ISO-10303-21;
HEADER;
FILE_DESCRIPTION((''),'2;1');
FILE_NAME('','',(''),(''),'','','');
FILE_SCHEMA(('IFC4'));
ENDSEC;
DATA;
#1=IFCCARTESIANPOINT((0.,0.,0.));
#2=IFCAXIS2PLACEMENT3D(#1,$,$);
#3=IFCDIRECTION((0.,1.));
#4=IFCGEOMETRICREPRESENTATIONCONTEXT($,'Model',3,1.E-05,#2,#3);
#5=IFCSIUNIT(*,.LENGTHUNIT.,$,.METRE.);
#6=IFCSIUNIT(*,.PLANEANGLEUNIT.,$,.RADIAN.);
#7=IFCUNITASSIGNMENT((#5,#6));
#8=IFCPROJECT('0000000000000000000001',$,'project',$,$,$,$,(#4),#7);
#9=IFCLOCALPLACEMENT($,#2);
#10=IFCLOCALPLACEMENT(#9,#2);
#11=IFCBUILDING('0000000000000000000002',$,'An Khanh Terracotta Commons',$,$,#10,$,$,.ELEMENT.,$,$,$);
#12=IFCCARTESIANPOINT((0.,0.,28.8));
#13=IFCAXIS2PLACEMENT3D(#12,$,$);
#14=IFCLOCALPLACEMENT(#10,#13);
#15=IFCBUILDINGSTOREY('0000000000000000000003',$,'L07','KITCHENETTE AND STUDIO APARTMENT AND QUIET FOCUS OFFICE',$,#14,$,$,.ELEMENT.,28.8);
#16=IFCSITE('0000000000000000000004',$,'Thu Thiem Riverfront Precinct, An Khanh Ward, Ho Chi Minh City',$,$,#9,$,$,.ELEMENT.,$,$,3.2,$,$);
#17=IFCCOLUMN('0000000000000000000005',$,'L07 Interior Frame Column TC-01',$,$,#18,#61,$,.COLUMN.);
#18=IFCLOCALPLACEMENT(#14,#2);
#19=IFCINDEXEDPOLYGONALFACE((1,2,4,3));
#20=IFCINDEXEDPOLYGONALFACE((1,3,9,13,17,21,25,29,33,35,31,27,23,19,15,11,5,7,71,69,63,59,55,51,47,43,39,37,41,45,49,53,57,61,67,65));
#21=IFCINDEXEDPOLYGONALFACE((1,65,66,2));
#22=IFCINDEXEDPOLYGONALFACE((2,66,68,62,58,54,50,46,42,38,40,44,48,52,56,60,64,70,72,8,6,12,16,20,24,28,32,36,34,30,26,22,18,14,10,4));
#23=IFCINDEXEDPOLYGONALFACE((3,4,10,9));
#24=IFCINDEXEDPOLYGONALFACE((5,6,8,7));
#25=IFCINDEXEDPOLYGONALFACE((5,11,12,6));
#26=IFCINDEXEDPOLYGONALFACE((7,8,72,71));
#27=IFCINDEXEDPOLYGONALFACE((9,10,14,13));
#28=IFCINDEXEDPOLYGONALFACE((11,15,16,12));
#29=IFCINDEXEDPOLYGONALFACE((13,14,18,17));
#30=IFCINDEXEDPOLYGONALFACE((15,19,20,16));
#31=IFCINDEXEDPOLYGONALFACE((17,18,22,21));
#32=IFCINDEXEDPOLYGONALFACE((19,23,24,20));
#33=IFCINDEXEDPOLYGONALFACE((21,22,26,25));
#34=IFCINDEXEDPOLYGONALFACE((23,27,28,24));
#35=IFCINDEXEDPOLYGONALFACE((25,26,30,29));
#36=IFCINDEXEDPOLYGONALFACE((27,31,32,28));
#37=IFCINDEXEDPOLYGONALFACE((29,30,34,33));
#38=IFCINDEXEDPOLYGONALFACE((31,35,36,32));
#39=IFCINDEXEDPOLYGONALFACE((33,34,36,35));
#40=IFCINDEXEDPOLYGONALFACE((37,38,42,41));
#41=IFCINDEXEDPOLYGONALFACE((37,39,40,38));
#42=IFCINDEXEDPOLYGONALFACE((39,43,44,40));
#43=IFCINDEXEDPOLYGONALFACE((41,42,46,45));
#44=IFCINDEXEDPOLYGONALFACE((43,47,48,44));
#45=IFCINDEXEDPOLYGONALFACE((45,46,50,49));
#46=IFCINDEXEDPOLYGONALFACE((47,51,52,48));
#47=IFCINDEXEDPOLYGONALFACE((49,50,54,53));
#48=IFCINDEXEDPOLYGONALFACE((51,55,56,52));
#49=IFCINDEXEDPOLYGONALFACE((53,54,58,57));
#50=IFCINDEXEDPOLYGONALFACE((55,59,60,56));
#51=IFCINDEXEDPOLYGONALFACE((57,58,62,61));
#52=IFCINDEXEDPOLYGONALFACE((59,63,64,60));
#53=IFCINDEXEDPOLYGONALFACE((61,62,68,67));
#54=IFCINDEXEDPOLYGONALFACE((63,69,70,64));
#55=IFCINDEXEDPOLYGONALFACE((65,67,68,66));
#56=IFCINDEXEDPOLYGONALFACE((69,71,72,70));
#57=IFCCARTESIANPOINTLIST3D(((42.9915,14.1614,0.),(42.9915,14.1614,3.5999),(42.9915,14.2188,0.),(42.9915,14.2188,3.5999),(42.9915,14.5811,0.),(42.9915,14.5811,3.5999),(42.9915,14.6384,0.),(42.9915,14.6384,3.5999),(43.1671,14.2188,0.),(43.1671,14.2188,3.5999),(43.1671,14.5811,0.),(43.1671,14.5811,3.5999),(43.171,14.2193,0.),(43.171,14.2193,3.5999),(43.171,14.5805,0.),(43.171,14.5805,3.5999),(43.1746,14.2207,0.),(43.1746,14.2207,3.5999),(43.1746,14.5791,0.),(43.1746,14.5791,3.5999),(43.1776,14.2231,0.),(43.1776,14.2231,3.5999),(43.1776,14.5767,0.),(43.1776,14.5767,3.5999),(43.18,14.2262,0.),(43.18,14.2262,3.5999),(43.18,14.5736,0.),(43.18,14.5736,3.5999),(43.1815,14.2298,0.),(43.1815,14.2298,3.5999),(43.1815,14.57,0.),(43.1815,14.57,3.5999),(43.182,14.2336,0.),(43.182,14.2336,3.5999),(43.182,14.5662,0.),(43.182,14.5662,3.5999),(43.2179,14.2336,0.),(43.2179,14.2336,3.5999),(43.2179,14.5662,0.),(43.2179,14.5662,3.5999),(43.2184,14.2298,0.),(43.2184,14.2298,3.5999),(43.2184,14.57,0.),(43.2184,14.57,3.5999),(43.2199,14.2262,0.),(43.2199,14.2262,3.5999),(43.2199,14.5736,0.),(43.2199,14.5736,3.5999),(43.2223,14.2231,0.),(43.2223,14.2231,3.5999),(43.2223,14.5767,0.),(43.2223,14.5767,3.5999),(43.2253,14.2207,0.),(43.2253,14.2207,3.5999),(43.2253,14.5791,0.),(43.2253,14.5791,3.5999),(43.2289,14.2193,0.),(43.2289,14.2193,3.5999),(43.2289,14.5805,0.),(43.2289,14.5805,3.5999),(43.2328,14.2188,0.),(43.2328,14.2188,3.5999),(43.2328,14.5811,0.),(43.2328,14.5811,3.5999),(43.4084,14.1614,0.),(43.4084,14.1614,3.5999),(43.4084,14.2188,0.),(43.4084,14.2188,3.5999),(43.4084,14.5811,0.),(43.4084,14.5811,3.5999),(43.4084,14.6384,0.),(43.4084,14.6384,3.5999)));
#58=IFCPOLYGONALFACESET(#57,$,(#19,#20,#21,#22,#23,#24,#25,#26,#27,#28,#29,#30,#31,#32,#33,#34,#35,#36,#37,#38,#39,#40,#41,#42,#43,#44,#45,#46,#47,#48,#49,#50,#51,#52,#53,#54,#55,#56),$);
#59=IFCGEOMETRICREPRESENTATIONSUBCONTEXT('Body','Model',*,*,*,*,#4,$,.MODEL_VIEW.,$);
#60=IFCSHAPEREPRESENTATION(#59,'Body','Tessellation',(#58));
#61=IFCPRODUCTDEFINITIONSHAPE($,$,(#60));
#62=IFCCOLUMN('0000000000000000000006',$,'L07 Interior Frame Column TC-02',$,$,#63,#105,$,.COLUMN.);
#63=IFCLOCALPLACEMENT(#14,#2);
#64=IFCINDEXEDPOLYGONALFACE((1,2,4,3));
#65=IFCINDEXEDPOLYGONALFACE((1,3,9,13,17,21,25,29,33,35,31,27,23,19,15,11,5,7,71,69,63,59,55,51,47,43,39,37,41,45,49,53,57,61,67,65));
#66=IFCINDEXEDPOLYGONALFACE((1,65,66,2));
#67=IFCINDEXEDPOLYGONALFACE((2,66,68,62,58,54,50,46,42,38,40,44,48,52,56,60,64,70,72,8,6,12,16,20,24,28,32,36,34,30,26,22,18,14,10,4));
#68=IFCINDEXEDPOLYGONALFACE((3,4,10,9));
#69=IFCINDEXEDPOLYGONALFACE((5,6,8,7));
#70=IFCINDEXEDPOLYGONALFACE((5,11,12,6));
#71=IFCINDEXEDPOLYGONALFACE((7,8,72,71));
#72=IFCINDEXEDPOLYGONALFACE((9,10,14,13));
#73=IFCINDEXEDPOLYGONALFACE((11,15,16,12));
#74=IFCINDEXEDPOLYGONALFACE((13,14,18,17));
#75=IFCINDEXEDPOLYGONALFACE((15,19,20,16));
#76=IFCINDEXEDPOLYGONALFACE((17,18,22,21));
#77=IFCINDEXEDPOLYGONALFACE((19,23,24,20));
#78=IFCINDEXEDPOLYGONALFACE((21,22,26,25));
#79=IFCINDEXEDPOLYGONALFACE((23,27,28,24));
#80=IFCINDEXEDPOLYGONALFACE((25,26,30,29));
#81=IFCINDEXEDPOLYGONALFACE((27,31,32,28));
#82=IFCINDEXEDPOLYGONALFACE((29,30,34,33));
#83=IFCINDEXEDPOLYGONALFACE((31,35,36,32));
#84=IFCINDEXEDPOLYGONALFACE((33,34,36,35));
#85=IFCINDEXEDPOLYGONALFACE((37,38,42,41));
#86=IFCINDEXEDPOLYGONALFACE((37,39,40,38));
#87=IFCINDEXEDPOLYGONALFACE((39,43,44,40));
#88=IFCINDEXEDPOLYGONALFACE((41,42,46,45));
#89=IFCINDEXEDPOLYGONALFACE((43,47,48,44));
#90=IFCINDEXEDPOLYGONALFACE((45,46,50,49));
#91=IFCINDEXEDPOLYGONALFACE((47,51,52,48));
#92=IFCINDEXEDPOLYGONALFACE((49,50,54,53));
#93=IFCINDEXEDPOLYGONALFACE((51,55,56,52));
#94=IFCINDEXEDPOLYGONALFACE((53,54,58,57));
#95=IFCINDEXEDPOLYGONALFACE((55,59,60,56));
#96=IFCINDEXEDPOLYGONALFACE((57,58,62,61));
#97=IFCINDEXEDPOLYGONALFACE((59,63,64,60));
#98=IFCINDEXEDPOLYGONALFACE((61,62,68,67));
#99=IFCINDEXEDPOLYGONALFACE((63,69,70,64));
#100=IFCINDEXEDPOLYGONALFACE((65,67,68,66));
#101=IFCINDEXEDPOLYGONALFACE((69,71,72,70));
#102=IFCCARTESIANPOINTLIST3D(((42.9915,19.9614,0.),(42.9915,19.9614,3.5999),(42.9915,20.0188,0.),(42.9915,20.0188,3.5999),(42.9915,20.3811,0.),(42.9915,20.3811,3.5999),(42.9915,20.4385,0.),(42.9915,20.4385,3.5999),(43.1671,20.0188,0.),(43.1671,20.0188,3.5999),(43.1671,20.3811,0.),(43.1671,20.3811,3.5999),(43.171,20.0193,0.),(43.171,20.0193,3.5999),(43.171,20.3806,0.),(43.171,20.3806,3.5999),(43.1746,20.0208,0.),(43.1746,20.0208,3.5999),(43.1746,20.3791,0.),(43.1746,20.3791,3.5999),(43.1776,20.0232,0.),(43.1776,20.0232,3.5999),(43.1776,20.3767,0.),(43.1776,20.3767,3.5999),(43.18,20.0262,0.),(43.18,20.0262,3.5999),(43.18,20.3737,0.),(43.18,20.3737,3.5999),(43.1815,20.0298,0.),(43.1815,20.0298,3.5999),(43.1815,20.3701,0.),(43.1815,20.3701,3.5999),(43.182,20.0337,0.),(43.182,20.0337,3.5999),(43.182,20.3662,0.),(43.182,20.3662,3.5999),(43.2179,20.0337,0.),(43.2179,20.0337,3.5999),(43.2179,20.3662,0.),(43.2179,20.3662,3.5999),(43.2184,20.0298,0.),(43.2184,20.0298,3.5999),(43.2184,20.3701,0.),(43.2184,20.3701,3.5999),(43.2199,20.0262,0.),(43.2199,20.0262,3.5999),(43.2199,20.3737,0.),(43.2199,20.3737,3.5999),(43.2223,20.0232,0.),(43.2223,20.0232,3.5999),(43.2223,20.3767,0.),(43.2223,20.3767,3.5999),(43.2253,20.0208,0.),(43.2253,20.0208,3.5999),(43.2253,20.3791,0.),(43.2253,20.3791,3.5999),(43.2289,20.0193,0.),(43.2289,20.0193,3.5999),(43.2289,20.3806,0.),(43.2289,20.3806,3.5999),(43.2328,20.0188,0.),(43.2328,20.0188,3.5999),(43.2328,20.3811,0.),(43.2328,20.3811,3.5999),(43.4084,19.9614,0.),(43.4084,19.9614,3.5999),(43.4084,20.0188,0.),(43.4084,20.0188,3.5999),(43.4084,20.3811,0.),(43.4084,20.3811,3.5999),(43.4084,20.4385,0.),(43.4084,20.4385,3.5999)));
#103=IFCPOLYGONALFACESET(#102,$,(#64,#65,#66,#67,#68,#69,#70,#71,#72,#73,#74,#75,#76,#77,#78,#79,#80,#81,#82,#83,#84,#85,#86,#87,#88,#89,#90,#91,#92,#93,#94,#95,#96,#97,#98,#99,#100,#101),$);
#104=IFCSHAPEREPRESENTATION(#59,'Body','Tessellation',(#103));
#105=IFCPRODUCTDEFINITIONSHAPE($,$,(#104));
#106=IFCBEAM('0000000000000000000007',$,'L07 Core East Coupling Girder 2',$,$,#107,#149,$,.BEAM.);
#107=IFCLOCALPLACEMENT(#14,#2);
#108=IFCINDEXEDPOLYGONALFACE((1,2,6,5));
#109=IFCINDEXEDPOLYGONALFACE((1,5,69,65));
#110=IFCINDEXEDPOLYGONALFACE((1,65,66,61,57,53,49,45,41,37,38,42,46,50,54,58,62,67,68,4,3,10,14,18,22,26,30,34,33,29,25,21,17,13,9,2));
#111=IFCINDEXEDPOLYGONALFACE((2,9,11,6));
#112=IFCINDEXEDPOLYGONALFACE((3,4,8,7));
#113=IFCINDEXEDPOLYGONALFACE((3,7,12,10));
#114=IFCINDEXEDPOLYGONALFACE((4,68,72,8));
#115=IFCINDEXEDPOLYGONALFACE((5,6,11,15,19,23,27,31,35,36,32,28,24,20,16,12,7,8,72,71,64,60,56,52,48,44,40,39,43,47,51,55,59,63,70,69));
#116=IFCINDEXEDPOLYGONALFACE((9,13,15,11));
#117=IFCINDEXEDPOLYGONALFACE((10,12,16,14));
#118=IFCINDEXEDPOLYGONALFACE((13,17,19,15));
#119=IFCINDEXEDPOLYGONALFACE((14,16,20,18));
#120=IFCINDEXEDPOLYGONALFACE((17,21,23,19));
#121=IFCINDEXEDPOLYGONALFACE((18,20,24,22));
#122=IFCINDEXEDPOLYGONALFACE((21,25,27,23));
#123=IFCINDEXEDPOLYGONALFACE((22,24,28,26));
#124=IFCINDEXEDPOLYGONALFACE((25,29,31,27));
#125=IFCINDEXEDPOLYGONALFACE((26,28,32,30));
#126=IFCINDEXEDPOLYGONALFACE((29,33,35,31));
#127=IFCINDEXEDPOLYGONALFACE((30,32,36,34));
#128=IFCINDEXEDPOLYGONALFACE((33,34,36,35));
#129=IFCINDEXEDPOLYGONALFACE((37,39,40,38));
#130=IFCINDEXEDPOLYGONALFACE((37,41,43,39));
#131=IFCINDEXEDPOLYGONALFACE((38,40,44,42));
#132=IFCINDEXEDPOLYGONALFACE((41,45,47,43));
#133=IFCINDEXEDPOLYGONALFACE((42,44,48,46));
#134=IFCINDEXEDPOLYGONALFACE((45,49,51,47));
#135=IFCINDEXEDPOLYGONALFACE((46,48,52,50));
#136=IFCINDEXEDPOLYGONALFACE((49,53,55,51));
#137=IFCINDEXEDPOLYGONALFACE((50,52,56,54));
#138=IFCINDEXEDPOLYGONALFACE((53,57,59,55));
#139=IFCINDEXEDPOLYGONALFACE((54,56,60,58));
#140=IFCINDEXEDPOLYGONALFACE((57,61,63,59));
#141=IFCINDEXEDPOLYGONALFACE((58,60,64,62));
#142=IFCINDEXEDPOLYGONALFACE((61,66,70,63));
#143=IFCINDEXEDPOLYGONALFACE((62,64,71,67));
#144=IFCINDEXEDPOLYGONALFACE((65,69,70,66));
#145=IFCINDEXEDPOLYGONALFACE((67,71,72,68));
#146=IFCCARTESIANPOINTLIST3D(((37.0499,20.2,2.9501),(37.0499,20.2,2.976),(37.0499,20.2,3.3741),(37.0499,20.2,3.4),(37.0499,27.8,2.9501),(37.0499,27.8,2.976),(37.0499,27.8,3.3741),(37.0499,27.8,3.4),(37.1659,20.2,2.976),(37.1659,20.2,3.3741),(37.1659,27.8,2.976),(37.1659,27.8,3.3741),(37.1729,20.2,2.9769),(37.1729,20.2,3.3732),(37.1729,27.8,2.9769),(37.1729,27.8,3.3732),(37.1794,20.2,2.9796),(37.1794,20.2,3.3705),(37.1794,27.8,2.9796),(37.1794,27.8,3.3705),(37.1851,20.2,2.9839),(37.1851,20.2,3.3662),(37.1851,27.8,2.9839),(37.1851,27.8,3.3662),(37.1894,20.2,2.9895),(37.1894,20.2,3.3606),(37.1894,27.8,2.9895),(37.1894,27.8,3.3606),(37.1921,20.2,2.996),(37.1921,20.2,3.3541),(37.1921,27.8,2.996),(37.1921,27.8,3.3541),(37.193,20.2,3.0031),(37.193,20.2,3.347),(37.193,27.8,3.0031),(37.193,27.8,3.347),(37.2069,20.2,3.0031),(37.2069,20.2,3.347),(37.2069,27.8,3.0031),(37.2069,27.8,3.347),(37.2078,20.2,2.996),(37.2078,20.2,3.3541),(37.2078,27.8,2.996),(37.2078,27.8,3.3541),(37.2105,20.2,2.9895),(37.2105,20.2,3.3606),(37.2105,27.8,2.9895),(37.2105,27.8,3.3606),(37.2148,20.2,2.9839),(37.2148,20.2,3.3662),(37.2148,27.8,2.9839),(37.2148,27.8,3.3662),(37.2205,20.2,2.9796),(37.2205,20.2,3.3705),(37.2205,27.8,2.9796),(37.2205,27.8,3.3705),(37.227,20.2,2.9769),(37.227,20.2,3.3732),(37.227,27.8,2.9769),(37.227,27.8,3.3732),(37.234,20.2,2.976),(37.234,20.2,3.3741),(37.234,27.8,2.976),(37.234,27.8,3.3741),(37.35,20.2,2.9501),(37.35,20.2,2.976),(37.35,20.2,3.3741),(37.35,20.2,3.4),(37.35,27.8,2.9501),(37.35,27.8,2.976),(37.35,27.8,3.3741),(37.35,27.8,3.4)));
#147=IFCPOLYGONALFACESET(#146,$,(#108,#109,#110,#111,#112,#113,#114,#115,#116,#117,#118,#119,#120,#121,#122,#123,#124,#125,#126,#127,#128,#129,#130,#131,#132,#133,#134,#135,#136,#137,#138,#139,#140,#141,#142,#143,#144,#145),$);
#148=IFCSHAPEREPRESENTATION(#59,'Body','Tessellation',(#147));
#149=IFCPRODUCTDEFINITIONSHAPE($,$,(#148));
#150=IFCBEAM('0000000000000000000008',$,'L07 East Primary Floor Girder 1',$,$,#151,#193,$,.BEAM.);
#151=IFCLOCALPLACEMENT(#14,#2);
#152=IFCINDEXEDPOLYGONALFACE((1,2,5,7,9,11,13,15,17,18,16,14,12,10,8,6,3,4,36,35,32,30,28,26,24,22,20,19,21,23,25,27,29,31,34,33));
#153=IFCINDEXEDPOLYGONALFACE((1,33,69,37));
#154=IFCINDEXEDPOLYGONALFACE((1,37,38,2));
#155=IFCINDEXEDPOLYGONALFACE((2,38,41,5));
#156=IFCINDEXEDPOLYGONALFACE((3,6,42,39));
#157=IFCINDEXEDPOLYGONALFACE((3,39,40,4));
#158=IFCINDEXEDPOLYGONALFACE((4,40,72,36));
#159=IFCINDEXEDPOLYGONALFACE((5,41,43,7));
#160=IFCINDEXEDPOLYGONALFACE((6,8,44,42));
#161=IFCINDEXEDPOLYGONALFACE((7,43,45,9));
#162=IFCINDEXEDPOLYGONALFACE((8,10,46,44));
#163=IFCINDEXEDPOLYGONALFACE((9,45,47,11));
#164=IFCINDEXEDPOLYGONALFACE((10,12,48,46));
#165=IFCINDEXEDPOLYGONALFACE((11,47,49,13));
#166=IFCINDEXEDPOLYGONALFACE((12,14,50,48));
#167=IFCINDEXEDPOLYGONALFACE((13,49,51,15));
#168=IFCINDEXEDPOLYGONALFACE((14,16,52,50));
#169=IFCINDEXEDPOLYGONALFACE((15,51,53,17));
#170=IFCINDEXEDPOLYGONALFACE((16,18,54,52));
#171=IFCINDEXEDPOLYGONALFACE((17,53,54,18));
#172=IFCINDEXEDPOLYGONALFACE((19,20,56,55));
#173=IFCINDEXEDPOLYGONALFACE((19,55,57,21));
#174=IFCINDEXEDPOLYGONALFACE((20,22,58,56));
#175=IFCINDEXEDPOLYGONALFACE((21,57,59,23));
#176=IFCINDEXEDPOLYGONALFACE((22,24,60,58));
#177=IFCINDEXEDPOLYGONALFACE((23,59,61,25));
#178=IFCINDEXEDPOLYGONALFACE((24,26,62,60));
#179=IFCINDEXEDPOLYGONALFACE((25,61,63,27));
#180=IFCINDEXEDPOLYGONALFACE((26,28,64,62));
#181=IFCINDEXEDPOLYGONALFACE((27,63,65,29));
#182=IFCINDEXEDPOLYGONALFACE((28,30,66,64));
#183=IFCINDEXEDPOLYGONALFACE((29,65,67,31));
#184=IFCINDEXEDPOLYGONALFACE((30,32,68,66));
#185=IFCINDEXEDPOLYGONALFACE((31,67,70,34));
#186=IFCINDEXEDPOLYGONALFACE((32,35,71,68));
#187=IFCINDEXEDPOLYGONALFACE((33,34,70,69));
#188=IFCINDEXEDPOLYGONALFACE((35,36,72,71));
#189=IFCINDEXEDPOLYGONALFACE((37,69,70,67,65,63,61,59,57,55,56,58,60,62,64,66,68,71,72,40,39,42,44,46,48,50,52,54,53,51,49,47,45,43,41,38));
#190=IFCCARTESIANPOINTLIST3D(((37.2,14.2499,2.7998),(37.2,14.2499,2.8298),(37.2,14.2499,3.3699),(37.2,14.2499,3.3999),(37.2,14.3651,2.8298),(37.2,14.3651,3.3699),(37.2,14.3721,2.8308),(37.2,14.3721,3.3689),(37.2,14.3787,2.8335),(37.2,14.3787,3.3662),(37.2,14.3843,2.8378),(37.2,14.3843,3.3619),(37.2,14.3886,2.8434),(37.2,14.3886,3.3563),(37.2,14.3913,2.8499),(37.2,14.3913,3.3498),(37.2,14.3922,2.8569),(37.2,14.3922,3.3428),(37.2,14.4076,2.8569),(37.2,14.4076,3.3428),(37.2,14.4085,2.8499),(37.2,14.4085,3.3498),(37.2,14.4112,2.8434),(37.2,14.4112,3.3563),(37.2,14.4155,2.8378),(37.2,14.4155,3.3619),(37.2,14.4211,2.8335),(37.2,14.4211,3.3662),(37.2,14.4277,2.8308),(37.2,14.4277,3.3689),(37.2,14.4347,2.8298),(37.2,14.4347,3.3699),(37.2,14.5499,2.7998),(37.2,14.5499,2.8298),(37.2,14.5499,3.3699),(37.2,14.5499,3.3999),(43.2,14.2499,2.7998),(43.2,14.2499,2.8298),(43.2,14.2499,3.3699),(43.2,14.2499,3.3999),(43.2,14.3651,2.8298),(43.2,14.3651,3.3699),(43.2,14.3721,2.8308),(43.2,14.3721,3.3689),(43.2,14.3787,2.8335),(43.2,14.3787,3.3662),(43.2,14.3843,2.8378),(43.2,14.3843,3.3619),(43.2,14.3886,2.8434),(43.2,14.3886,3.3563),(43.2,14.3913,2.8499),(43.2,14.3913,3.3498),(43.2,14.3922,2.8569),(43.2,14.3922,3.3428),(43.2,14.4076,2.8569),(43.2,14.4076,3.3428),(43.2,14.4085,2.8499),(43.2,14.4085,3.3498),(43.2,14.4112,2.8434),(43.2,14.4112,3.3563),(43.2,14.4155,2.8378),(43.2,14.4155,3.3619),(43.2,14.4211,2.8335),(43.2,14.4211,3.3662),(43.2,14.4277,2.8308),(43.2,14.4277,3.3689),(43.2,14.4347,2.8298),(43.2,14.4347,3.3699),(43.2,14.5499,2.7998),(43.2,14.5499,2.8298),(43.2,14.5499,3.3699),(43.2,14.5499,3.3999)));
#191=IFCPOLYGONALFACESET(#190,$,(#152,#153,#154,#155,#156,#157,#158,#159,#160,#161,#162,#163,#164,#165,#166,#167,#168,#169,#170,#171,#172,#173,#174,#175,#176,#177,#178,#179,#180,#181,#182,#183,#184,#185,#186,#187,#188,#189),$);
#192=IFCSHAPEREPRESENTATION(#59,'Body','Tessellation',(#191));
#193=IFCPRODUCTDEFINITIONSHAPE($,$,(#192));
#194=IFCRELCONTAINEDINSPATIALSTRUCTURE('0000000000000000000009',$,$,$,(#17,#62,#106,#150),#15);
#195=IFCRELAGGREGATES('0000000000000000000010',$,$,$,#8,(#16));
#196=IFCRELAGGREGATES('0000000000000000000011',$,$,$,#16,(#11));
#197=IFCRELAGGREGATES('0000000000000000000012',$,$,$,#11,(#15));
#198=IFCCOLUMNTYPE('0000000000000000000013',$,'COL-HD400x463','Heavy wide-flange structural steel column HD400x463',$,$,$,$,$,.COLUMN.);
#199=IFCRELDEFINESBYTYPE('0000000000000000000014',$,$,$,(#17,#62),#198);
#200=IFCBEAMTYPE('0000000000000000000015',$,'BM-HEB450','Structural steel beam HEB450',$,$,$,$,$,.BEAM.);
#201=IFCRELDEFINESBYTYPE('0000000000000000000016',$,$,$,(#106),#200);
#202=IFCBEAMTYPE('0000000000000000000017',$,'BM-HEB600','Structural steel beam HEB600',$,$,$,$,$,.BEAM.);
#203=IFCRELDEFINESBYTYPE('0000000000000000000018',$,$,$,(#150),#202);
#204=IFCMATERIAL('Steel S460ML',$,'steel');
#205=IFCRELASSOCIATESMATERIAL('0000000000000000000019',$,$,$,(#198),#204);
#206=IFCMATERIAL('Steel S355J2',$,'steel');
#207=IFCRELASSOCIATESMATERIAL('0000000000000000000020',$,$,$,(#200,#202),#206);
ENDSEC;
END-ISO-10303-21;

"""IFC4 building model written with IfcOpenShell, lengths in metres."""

from ifc_helpers import new_model, si_unit, direction, frame, origin, origin_2d, place, context, subcontext, project, spatial, i_section, extrude, material, material_profile, profile_set, type_object, element, save


model = new_model("IFC4")

# Units and contexts
model_context = context("Model", 3, precision=1e-05, world=origin(), true_north=direction((0.0, 1.0)))
body_context = subcontext(model_context, "Body", "Model", "MODEL_VIEW")
ifc_project = project(units=[si_unit("LENGTHUNIT", "METRE"), si_unit("PLANEANGLEUNIT", "RADIAN")], contexts=[model_context])

# Site, building, storey
site_placement = place(None, origin())
site = spatial("IfcSite", under=ifc_project, at=site_placement, Name="Thu Thiem Riverfront Precinct, An Khanh Ward, Ho Chi Minh City", CompositionType="ELEMENT", RefElevation=3.2)
building_placement = place(site_placement, origin())
building = spatial("IfcBuilding", under=site, at=building_placement, Name="An Khanh Terracotta Commons", CompositionType="ELEMENT")
storey_placement = place(building_placement, frame((0.0, 0.0, 28.8)))
storey = spatial("IfcBuildingStorey", under=building, at=storey_placement, Name="L07", Description="KITCHENETTE AND STUDIO APARTMENT AND QUIET FOCUS OFFICE", CompositionType="ELEMENT", Elevation=28.8)

# Columns
ifc_material_1 = material(Name="Steel S460ML", Category="steel")
ifc_material_profile_1 = material_profile(ifc_material_1, i_section(OverallWidth=0.417, OverallDepth=0.4771, WebThickness=0.0359, FlangeThickness=0.0574, FilletRadius=0.0149, at=origin_2d()), Name="HD400x463")
ifc_profile_set_1 = profile_set([ifc_material_profile_1], Name="Steel S460ML")
column_type = type_object("IfcColumnType", Name="COL-HD400x463", Description="Heavy wide-flange structural steel column HD400x463", PredefinedType="COLUMN", material=ifc_profile_set_1)
for number, where, z_axis, x_axis, name in (
    (1, (43.2, 14.3999, 0.0), (0.0, 0.0, 1.0), (1.0, 0.0, 0.0), "L07 Interior Frame Column TC-01"),
    (2, (43.2, 20.2, 0.0), (0.0, 0.0, 1.0), (1.0, 0.0, 0.0), "L07 Interior Frame Column TC-02"),
):
    element("IfcColumn", number, at=place(storey_placement, frame(where, z_axis=z_axis, x_axis=x_axis)), inside=storey, type_object=column_type, Name=name, PredefinedType="COLUMN", context=body_context, shape_type="SweptSolid", body=[
        extrude(i_section(OverallWidth=0.417, OverallDepth=0.4771, WebThickness=0.0359, FlangeThickness=0.0574, FilletRadius=0.0149, at=origin_2d()), origin(), (0.0, 0.0, 1.0), 3.5999),
    ])

# Beams
ifc_material_2 = material(Name="Steel S355J2", Category="steel")
ifc_material_profile_2 = material_profile(ifc_material_2, i_section(OverallWidth=0.3, OverallDepth=0.45, WebThickness=0.0139, FlangeThickness=0.0259, FilletRadius=0.0271, at=origin_2d()), Name="HEB450")
ifc_profile_set_2 = profile_set([ifc_material_profile_2], Name="Steel S355J2")
beam_type_1 = type_object("IfcBeamType", Name="BM-HEB450", Description="Structural steel beam HEB450", PredefinedType="BEAM", material=ifc_profile_set_2)
beam_1_placement = place(storey_placement, frame((37.2, 20.2, 3.175), z_axis=(0.0, 1.0, 0.0), x_axis=(-1.0, 0.0, 0.0)))
element("IfcBeam", 3, at=beam_1_placement, inside=storey, type_object=beam_type_1, Name="L07 Core East Coupling Girder 2", PredefinedType="BEAM", context=body_context, shape_type="SweptSolid", body=[
    extrude(i_section(OverallWidth=0.3, OverallDepth=0.45, WebThickness=0.0139, FlangeThickness=0.0259, FilletRadius=0.0271, at=origin_2d()), origin(), (0.0, 0.0, 1.0), 7.6001),
])
ifc_material_profile_3 = material_profile(ifc_material_2, i_section(OverallWidth=0.3, OverallDepth=0.6001, WebThickness=0.0154, FlangeThickness=0.03, FilletRadius=0.0271, at=origin_2d()), Name="HEB600")
ifc_profile_set_3 = profile_set([ifc_material_profile_3], Name="Steel S355J2")
beam_type_2 = type_object("IfcBeamType", Name="BM-HEB600", Description="Structural steel beam HEB600", PredefinedType="BEAM", material=ifc_profile_set_3)
for number, where, z_axis, x_axis, name in (
    (4, (37.2, 14.3999, 3.0999), (1.0, 0.0, 0.0), (0.0, 1.0, 0.0), "L07 East Primary Floor Girder 1"),
):
    element("IfcBeam", number, at=place(storey_placement, frame(where, z_axis=z_axis, x_axis=x_axis)), inside=storey, type_object=beam_type_2, Name=name, PredefinedType="BEAM", context=body_context, shape_type="SweptSolid", body=[
        extrude(i_section(OverallWidth=0.3, OverallDepth=0.6001, WebThickness=0.0154, FlangeThickness=0.03, FilletRadius=0.0271, at=origin_2d()), origin(), (0.0, 0.0, 1.0), 6.0),
    ])

save(model, "model.ifc")
